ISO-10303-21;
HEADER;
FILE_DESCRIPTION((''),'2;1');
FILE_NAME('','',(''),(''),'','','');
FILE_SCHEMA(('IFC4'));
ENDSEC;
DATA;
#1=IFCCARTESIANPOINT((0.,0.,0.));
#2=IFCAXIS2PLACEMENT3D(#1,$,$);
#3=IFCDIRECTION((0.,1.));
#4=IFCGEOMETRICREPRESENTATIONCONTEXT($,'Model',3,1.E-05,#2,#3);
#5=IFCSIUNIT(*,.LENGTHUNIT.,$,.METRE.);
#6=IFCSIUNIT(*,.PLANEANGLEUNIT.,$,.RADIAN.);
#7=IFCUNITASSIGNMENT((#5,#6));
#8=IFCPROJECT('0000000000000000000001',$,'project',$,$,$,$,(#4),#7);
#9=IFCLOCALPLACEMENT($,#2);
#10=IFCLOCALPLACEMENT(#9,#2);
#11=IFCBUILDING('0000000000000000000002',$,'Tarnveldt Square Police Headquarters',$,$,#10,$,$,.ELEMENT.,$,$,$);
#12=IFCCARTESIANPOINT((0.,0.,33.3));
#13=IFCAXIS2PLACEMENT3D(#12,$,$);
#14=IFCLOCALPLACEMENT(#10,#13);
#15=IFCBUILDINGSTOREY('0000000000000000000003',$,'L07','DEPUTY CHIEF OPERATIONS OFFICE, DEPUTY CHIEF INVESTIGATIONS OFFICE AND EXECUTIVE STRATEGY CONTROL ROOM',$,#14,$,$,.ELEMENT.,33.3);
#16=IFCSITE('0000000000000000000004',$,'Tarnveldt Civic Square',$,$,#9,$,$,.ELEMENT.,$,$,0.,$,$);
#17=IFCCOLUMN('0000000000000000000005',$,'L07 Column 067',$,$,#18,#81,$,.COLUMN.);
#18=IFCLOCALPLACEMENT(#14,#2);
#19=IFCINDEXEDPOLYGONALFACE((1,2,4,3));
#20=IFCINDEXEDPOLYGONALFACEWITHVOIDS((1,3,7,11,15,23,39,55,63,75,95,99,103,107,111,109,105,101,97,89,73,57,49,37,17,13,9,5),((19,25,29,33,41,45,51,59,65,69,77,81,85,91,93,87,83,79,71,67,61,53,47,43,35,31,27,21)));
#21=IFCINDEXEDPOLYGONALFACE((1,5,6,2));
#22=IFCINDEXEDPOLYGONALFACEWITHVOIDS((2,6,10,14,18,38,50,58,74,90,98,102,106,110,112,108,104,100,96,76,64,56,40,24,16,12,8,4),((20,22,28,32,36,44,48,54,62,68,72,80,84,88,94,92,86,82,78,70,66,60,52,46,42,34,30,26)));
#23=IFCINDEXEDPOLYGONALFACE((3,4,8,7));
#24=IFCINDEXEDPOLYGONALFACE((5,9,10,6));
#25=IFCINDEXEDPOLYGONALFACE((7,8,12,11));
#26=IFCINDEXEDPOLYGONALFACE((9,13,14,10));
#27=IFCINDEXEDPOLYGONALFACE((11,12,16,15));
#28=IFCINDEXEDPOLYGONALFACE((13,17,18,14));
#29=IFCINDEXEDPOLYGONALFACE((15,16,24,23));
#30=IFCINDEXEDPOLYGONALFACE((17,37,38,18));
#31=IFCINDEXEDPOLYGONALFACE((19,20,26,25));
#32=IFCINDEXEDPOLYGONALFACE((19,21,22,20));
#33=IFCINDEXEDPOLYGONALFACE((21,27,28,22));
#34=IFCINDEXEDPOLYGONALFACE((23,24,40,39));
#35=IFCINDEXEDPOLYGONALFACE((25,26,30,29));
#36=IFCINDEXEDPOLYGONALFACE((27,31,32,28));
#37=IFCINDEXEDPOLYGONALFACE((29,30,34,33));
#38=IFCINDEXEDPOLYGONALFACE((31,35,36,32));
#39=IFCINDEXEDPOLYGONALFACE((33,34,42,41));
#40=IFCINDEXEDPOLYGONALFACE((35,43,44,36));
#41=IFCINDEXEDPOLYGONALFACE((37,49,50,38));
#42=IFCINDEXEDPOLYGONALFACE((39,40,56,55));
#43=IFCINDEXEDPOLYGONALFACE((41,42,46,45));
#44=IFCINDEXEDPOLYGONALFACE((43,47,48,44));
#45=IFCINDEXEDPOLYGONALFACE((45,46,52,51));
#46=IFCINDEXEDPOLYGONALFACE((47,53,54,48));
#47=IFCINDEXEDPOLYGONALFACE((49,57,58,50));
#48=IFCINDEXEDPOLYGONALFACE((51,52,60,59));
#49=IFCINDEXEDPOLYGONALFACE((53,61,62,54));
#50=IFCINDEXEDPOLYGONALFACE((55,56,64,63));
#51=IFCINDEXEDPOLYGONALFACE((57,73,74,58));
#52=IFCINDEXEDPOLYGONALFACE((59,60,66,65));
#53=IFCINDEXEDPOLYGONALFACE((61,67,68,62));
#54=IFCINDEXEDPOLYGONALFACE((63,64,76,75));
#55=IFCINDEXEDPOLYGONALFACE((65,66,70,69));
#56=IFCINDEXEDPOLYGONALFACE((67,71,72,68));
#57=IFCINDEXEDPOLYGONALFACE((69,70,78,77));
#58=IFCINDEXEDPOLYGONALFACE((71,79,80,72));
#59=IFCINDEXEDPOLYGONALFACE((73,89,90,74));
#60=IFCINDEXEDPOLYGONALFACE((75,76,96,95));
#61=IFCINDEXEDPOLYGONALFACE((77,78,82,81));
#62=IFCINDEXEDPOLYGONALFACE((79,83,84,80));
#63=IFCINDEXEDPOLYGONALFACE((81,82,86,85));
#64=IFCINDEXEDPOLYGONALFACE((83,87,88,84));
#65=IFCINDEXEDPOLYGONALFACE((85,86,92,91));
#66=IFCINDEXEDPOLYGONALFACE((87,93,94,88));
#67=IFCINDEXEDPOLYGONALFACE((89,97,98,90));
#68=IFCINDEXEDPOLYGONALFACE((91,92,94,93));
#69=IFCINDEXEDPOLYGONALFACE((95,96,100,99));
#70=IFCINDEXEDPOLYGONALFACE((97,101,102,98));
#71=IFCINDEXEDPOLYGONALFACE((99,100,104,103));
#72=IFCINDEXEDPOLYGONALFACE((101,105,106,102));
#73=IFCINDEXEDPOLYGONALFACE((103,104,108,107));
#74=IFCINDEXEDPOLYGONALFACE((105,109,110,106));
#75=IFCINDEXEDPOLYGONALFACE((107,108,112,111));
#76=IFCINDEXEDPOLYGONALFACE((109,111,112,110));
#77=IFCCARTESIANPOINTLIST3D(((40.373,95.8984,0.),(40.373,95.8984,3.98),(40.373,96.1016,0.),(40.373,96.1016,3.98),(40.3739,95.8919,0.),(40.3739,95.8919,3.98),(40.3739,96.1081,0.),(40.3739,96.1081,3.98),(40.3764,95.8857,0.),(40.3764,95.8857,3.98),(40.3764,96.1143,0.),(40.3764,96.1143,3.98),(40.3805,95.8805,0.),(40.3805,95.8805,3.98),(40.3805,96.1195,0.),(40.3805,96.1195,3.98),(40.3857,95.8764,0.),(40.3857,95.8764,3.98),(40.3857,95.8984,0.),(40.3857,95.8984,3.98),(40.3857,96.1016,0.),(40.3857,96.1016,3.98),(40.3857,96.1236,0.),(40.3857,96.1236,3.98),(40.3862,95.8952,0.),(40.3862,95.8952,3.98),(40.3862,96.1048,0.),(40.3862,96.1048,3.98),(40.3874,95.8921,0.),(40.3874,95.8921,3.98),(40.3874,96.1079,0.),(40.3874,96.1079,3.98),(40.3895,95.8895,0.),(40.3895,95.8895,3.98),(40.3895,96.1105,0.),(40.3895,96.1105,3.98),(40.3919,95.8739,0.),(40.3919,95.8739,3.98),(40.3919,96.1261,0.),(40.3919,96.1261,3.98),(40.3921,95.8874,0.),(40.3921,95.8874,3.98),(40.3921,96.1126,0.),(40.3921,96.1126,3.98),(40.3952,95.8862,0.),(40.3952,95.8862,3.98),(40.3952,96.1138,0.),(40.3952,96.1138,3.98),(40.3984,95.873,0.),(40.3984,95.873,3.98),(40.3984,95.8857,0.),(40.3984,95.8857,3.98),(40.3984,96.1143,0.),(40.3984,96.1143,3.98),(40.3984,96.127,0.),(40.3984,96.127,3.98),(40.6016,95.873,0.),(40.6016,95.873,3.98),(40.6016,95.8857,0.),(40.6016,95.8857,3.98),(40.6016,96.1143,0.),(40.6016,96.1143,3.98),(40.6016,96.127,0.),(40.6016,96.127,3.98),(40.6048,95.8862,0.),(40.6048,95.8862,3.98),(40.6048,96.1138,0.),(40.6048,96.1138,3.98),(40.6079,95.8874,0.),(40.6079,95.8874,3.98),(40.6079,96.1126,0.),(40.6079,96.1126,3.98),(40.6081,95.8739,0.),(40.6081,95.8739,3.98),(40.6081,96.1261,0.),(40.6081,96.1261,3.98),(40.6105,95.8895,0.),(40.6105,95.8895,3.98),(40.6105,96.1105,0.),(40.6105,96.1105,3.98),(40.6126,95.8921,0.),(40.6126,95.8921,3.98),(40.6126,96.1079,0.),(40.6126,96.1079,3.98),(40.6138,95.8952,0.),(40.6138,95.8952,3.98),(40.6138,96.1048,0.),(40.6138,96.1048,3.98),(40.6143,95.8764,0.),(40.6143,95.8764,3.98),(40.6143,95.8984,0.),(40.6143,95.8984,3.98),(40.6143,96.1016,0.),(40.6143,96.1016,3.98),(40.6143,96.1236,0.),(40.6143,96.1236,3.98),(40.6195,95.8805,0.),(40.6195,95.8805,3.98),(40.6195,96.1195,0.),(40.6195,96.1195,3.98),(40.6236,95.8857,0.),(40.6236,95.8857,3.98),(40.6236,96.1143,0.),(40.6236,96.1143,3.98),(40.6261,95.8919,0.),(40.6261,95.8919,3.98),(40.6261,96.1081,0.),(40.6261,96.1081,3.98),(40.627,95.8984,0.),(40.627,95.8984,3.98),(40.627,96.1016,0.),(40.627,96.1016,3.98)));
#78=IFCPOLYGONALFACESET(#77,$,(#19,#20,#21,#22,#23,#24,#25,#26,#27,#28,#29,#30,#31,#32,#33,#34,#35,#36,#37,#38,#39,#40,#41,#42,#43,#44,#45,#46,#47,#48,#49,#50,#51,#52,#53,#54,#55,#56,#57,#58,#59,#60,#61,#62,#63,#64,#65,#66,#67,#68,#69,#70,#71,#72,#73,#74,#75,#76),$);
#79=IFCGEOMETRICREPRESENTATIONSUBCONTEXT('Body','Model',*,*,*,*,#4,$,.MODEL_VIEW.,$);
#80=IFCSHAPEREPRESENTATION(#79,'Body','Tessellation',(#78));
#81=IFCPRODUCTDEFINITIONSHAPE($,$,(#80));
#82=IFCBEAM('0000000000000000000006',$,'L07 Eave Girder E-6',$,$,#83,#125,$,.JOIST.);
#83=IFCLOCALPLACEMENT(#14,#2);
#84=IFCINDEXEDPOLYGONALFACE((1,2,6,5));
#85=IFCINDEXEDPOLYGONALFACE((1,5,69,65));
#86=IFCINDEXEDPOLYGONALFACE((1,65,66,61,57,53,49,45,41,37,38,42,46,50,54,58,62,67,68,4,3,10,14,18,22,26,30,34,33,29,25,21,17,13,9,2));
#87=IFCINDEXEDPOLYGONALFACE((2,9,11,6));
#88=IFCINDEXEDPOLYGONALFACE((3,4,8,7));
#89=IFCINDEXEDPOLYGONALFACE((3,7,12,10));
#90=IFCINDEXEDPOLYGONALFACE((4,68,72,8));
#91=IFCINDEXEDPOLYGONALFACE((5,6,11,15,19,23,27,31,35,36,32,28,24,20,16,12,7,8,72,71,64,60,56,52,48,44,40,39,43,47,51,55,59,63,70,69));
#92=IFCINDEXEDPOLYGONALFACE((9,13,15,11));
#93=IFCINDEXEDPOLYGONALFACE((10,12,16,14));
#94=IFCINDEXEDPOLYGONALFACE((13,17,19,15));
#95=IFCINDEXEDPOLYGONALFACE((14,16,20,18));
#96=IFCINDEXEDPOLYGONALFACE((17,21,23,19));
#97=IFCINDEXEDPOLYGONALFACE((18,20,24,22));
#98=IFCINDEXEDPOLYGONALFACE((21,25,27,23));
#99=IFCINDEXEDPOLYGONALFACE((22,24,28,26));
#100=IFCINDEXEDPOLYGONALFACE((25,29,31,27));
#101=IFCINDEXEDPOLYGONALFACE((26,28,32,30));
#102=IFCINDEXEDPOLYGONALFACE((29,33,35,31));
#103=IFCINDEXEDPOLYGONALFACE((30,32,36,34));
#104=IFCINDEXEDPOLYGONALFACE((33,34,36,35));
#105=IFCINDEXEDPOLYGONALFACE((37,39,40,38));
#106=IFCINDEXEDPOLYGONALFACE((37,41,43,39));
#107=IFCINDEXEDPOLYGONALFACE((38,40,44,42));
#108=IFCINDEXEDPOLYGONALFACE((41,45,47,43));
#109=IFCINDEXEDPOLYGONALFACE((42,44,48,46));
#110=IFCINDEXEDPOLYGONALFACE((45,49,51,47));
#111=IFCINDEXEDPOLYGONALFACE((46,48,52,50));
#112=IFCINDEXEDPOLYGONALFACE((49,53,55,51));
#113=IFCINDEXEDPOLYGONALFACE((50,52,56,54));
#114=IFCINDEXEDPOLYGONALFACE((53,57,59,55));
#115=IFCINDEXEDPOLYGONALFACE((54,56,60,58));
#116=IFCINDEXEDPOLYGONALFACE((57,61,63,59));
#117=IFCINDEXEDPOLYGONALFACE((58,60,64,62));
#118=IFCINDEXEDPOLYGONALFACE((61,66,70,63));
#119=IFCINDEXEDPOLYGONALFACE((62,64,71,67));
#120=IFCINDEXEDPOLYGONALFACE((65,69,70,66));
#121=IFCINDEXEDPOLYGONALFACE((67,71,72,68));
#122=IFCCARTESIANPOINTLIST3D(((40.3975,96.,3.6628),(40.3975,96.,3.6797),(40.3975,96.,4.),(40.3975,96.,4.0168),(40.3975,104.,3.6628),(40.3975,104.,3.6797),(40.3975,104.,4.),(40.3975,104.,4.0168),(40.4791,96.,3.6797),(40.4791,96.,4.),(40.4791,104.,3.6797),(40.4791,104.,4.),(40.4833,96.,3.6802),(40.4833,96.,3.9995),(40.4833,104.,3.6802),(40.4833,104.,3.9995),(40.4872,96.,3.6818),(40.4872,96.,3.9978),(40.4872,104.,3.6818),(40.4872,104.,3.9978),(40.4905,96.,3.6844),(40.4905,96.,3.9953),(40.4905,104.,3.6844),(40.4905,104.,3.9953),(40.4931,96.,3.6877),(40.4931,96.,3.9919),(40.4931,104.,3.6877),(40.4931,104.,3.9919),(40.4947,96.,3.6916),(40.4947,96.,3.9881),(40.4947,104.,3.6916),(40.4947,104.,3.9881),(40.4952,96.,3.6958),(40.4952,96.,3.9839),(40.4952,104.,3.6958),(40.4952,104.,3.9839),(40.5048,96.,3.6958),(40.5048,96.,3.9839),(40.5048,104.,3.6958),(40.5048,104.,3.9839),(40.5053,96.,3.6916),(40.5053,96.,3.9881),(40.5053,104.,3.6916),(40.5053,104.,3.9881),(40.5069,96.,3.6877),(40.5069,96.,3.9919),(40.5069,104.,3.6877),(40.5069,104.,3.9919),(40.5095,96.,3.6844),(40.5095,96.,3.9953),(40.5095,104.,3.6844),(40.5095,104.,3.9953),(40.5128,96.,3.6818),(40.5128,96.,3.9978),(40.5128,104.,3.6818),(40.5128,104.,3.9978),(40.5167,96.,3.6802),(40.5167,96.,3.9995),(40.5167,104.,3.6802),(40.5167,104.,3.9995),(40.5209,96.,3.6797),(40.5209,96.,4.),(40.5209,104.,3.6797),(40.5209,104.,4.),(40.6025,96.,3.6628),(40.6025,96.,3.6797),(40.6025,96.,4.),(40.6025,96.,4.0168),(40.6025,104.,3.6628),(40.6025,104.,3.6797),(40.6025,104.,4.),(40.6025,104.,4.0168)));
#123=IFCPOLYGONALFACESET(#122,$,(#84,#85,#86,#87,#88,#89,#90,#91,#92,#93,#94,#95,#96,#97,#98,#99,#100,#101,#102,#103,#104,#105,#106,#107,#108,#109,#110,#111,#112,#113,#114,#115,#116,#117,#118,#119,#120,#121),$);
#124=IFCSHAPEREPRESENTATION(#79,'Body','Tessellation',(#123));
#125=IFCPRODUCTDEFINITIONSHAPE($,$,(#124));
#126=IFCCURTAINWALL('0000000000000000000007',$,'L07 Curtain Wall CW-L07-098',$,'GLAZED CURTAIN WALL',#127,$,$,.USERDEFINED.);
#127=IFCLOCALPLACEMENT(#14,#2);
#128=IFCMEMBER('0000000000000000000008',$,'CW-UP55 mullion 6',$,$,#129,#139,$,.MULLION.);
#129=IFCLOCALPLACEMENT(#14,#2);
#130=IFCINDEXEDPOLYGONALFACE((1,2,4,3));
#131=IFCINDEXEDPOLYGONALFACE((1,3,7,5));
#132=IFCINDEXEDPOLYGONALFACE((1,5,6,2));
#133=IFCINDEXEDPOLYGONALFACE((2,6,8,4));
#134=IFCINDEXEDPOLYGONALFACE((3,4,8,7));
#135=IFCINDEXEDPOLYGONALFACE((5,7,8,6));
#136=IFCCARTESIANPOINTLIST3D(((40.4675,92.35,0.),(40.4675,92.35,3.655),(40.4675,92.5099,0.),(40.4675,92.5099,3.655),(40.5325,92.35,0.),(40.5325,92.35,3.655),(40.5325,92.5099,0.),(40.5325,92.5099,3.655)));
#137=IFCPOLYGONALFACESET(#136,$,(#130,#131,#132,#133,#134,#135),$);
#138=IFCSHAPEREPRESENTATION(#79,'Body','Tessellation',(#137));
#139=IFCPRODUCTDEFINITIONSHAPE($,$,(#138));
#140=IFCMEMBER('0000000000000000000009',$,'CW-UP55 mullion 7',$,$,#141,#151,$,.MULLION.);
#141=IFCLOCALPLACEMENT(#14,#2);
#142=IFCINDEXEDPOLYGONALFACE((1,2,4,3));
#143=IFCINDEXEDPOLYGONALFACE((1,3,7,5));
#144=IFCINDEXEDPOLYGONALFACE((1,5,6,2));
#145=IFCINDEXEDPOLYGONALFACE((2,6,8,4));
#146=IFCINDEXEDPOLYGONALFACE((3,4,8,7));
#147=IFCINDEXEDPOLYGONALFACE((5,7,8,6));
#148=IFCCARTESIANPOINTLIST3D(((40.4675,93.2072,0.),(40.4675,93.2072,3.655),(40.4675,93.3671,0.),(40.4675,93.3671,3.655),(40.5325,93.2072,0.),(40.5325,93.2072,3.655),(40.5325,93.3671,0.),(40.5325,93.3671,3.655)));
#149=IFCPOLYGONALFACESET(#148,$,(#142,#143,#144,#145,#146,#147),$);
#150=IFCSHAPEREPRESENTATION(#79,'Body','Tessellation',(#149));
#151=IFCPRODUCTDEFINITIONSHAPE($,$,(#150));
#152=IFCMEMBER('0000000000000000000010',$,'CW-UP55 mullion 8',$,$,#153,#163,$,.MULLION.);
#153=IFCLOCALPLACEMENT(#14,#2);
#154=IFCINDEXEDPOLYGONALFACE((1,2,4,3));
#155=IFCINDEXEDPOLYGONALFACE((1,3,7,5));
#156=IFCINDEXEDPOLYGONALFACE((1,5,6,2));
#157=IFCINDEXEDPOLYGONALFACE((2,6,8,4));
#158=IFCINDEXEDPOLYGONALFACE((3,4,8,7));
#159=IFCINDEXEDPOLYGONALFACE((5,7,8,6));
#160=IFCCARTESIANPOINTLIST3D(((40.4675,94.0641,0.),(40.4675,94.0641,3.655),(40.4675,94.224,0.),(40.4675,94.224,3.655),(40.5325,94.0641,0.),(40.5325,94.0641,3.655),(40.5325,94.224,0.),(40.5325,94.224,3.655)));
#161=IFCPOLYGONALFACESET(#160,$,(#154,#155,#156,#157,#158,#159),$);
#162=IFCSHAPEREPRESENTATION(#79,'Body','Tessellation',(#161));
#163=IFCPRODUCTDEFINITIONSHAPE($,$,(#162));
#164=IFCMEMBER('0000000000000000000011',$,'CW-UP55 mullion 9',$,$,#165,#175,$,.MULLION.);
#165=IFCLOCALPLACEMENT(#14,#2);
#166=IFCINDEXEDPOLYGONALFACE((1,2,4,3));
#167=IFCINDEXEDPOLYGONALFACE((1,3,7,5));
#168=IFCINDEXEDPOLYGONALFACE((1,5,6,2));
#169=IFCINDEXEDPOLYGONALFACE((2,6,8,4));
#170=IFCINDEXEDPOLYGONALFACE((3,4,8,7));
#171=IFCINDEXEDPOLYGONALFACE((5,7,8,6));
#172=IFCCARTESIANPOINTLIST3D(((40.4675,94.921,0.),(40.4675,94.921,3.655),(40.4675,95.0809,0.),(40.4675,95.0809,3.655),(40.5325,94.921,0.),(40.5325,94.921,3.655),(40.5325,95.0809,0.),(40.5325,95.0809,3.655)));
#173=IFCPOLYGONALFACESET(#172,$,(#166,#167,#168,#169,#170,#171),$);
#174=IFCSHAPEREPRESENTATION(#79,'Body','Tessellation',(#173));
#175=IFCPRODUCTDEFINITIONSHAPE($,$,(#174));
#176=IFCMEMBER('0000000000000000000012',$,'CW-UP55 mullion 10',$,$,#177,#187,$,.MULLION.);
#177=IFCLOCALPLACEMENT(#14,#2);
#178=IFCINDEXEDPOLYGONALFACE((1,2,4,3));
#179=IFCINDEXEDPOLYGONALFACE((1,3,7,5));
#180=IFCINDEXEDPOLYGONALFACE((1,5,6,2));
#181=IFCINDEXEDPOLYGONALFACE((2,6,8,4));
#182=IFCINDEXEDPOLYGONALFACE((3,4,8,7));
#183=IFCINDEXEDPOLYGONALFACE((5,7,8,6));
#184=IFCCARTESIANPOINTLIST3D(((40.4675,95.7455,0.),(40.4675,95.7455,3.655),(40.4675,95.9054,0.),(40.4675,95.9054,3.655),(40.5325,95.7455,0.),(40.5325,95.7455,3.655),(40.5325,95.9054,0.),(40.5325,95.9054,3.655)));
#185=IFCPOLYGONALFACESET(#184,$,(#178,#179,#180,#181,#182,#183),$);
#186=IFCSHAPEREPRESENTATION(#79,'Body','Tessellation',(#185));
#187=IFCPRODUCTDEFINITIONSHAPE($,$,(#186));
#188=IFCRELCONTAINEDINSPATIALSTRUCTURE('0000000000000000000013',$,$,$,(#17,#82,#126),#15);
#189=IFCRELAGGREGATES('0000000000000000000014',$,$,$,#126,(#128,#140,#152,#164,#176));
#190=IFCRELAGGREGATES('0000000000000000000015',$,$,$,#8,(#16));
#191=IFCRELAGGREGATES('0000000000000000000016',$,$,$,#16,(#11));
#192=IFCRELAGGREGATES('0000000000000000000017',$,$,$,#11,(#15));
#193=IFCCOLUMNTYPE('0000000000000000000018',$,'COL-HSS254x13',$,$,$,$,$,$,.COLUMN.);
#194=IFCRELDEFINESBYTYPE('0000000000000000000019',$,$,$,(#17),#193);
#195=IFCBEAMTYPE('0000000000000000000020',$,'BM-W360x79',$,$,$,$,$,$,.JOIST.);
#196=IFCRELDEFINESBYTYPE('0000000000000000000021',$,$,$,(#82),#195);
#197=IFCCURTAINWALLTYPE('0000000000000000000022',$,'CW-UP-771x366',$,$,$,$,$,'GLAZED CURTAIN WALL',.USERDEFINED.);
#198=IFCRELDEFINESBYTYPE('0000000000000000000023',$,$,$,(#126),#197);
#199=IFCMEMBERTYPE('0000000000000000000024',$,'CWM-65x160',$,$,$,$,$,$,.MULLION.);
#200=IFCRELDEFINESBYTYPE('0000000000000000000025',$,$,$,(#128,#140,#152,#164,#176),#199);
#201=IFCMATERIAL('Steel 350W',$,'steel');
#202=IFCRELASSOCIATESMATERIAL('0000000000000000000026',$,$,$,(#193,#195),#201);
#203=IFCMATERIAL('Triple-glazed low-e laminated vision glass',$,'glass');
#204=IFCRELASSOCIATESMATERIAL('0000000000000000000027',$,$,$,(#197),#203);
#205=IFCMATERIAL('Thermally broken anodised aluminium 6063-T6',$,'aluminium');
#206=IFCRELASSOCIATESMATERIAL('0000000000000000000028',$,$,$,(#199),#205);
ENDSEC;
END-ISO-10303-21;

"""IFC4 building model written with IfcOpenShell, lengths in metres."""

from ifc_helpers import new_model, si_unit, direction, frame, origin, origin_2d, place, context, subcontext, project, spatial, rectangle, hollow_rectangle, i_section, extrude, material, material_profile, profile_set, type_object, element, aggregate, save


model = new_model("IFC4")

# Units and contexts
model_context = context("Model", 3, precision=1e-05, world=origin(), true_north=direction((0.0, 1.0)))
body_context = subcontext(model_context, "Body", "Model", "MODEL_VIEW")
ifc_project = project(units=[si_unit("LENGTHUNIT", "METRE"), si_unit("PLANEANGLEUNIT", "RADIAN")], contexts=[model_context])

# Site, building, storey
site_placement = place(None, origin())
site = spatial("IfcSite", under=ifc_project, at=site_placement, Name="Tarnveldt Civic Square", CompositionType="ELEMENT", RefElevation=0.0)
building_placement = place(site_placement, origin())
building = spatial("IfcBuilding", under=site, at=building_placement, Name="Tarnveldt Square Police Headquarters", CompositionType="ELEMENT")
storey_placement = place(building_placement, frame((0.0, 0.0, 33.3)))
storey = spatial("IfcBuildingStorey", under=building, at=storey_placement, Name="L07", Description="DEPUTY CHIEF OPERATIONS OFFICE, DEPUTY CHIEF INVESTIGATIONS OFFICE AND EXECUTIVE STRATEGY CONTROL ROOM", CompositionType="ELEMENT", Elevation=33.3)

# Column
ifc_material_1 = material(Name="Steel 350W", Category="steel")
ifc_material_profile_1 = material_profile(ifc_material_1, hollow_rectangle(XDim=0.2539, YDim=0.2539, WallThickness=0.0127, InnerFilletRadius=0.0127, OuterFilletRadius=0.0254, at=origin_2d()), Name="HSS254x254x13")
ifc_profile_set_1 = profile_set([ifc_material_profile_1], Name="Steel 350W")
column_type = type_object("IfcColumnType", Name="COL-HSS254x13", PredefinedType="COLUMN", material=ifc_profile_set_1)
column_placement = place(storey_placement, frame((40.5, 96.0, 0.0), z_axis=(0.0, 0.0, 1.0), x_axis=(1.0, 0.0, 0.0)))
element("IfcColumn", 1, at=column_placement, inside=storey, type_object=column_type, Name="L07 Column 067", PredefinedType="COLUMN", context=body_context, shape_type="SweptSolid", body=[
    extrude(hollow_rectangle(XDim=0.2539, YDim=0.2539, WallThickness=0.0127, InnerFilletRadius=0.0127, OuterFilletRadius=0.0254, at=origin_2d()), origin(), (0.0, 0.0, 1.0), 3.98),
])

# Beam
ifc_material_profile_2 = material_profile(ifc_material_1, i_section(OverallWidth=0.2051, OverallDepth=0.354, WebThickness=0.0095, FlangeThickness=0.0168, FilletRadius=0.0161, at=origin_2d()), Name="W360x79")
ifc_profile_set_2 = profile_set([ifc_material_profile_2], Name="Steel 350W")
beam_type = type_object("IfcBeamType", Name="BM-W360x79", PredefinedType="JOIST", material=ifc_profile_set_2)
beam_placement = place(storey_placement, frame((40.5, 96.0, 3.8398), z_axis=(0.0, 1.0, 0.0), x_axis=(-1.0, 0.0, 0.0)))
element("IfcBeam", 2, at=beam_placement, inside=storey, type_object=beam_type, Name="L07 Eave Girder E-6", PredefinedType="JOIST", context=body_context, shape_type="SweptSolid", body=[
    extrude(i_section(OverallWidth=0.2051, OverallDepth=0.354, WebThickness=0.0095, FlangeThickness=0.0168, FilletRadius=0.0161, at=origin_2d()), origin(), (0.0, 0.0, 1.0), 8.0),
])

# Curtain wall, members
ifc_material_2 = material(Name="Triple-glazed low-e laminated vision glass", Category="glass")
curtain_wall_type = type_object("IfcCurtainWallType", Name="CW-UP-771x366", ElementType="GLAZED CURTAIN WALL", PredefinedType="USERDEFINED", material=ifc_material_2)
curtain_wall_placement = place(storey_placement, origin())
curtain_wall = element("IfcCurtainWall", 3, at=curtain_wall_placement, inside=storey, type_object=curtain_wall_type, Name="L07 Curtain Wall CW-L07-098", ObjectType="GLAZED CURTAIN WALL", PredefinedType="USERDEFINED")
ifc_material_3 = material(Name="Thermally broken anodised aluminium 6063-T6", Category="aluminium")
ifc_material_profile_3 = material_profile(ifc_material_3, rectangle(XDim=0.0649, YDim=0.1599, at=origin_2d()), Name="CW-M65x160")
ifc_profile_set_3 = profile_set([ifc_material_profile_3], Name="Thermally broken anodised aluminium 6063-T6")
member_type_1 = type_object("IfcMemberType", Name="CWM-65x160", PredefinedType="MULLION", material=ifc_profile_set_3)
member_1_placement = place(storey_placement, frame((40.5, 92.4299, 0.0), z_axis=(0.0, 0.0, 1.0), x_axis=(-1.0, 0.0, 0.0)))
member_1 = element("IfcMember", 4, at=member_1_placement, type_object=member_type_1, Name="CW-UP55 mullion 6", PredefinedType="MULLION", context=body_context, shape_type="SweptSolid", body=[
    extrude(rectangle(XDim=0.0649, YDim=0.1599, at=origin_2d()), origin(), (0.0, 0.0, 1.0), 3.655),
])
member_2_placement = place(storey_placement, frame((40.5, 93.2871, 0.0), z_axis=(0.0, 0.0, 1.0), x_axis=(-1.0, 0.0, 0.0)))
member_2 = element("IfcMember", 5, at=member_2_placement, type_object=member_type_1, Name="CW-UP55 mullion 7", PredefinedType="MULLION", context=body_context, shape_type="SweptSolid", body=[
    extrude(rectangle(XDim=0.0649, YDim=0.1599, at=origin_2d()), origin(), (0.0, 0.0, 1.0), 3.655),
])
member_3_placement = place(storey_placement, frame((40.5, 94.144, 0.0), z_axis=(0.0, 0.0, 1.0), x_axis=(-1.0, 0.0, 0.0)))
member_3 = element("IfcMember", 6, at=member_3_placement, type_object=member_type_1, Name="CW-UP55 mullion 8", PredefinedType="MULLION", context=body_context, shape_type="SweptSolid", body=[
    extrude(rectangle(XDim=0.0649, YDim=0.1599, at=origin_2d()), origin(), (0.0, 0.0, 1.0), 3.655),
])
member_4_placement = place(storey_placement, frame((40.5, 95.001, 0.0), z_axis=(0.0, 0.0, 1.0), x_axis=(-1.0, 0.0, 0.0)))
member_4 = element("IfcMember", 7, at=member_4_placement, type_object=member_type_1, Name="CW-UP55 mullion 9", PredefinedType="MULLION", context=body_context, shape_type="SweptSolid", body=[
    extrude(rectangle(XDim=0.0649, YDim=0.1599, at=origin_2d()), origin(), (0.0, 0.0, 1.0), 3.655),
])
member_5_placement = place(storey_placement, frame((40.5, 95.8254, 0.0), z_axis=(0.0, 0.0, 1.0), x_axis=(-1.0, 0.0, 0.0)))
member_5 = element("IfcMember", 8, at=member_5_placement, type_object=member_type_1, Name="CW-UP55 mullion 10", PredefinedType="MULLION", context=body_context, shape_type="SweptSolid", body=[
    extrude(rectangle(XDim=0.0649, YDim=0.1599, at=origin_2d()), origin(), (0.0, 0.0, 1.0), 3.655),
])
aggregate(curtain_wall, [member_1, member_2, member_3, member_4, member_5])

save(model, "model.ifc")
